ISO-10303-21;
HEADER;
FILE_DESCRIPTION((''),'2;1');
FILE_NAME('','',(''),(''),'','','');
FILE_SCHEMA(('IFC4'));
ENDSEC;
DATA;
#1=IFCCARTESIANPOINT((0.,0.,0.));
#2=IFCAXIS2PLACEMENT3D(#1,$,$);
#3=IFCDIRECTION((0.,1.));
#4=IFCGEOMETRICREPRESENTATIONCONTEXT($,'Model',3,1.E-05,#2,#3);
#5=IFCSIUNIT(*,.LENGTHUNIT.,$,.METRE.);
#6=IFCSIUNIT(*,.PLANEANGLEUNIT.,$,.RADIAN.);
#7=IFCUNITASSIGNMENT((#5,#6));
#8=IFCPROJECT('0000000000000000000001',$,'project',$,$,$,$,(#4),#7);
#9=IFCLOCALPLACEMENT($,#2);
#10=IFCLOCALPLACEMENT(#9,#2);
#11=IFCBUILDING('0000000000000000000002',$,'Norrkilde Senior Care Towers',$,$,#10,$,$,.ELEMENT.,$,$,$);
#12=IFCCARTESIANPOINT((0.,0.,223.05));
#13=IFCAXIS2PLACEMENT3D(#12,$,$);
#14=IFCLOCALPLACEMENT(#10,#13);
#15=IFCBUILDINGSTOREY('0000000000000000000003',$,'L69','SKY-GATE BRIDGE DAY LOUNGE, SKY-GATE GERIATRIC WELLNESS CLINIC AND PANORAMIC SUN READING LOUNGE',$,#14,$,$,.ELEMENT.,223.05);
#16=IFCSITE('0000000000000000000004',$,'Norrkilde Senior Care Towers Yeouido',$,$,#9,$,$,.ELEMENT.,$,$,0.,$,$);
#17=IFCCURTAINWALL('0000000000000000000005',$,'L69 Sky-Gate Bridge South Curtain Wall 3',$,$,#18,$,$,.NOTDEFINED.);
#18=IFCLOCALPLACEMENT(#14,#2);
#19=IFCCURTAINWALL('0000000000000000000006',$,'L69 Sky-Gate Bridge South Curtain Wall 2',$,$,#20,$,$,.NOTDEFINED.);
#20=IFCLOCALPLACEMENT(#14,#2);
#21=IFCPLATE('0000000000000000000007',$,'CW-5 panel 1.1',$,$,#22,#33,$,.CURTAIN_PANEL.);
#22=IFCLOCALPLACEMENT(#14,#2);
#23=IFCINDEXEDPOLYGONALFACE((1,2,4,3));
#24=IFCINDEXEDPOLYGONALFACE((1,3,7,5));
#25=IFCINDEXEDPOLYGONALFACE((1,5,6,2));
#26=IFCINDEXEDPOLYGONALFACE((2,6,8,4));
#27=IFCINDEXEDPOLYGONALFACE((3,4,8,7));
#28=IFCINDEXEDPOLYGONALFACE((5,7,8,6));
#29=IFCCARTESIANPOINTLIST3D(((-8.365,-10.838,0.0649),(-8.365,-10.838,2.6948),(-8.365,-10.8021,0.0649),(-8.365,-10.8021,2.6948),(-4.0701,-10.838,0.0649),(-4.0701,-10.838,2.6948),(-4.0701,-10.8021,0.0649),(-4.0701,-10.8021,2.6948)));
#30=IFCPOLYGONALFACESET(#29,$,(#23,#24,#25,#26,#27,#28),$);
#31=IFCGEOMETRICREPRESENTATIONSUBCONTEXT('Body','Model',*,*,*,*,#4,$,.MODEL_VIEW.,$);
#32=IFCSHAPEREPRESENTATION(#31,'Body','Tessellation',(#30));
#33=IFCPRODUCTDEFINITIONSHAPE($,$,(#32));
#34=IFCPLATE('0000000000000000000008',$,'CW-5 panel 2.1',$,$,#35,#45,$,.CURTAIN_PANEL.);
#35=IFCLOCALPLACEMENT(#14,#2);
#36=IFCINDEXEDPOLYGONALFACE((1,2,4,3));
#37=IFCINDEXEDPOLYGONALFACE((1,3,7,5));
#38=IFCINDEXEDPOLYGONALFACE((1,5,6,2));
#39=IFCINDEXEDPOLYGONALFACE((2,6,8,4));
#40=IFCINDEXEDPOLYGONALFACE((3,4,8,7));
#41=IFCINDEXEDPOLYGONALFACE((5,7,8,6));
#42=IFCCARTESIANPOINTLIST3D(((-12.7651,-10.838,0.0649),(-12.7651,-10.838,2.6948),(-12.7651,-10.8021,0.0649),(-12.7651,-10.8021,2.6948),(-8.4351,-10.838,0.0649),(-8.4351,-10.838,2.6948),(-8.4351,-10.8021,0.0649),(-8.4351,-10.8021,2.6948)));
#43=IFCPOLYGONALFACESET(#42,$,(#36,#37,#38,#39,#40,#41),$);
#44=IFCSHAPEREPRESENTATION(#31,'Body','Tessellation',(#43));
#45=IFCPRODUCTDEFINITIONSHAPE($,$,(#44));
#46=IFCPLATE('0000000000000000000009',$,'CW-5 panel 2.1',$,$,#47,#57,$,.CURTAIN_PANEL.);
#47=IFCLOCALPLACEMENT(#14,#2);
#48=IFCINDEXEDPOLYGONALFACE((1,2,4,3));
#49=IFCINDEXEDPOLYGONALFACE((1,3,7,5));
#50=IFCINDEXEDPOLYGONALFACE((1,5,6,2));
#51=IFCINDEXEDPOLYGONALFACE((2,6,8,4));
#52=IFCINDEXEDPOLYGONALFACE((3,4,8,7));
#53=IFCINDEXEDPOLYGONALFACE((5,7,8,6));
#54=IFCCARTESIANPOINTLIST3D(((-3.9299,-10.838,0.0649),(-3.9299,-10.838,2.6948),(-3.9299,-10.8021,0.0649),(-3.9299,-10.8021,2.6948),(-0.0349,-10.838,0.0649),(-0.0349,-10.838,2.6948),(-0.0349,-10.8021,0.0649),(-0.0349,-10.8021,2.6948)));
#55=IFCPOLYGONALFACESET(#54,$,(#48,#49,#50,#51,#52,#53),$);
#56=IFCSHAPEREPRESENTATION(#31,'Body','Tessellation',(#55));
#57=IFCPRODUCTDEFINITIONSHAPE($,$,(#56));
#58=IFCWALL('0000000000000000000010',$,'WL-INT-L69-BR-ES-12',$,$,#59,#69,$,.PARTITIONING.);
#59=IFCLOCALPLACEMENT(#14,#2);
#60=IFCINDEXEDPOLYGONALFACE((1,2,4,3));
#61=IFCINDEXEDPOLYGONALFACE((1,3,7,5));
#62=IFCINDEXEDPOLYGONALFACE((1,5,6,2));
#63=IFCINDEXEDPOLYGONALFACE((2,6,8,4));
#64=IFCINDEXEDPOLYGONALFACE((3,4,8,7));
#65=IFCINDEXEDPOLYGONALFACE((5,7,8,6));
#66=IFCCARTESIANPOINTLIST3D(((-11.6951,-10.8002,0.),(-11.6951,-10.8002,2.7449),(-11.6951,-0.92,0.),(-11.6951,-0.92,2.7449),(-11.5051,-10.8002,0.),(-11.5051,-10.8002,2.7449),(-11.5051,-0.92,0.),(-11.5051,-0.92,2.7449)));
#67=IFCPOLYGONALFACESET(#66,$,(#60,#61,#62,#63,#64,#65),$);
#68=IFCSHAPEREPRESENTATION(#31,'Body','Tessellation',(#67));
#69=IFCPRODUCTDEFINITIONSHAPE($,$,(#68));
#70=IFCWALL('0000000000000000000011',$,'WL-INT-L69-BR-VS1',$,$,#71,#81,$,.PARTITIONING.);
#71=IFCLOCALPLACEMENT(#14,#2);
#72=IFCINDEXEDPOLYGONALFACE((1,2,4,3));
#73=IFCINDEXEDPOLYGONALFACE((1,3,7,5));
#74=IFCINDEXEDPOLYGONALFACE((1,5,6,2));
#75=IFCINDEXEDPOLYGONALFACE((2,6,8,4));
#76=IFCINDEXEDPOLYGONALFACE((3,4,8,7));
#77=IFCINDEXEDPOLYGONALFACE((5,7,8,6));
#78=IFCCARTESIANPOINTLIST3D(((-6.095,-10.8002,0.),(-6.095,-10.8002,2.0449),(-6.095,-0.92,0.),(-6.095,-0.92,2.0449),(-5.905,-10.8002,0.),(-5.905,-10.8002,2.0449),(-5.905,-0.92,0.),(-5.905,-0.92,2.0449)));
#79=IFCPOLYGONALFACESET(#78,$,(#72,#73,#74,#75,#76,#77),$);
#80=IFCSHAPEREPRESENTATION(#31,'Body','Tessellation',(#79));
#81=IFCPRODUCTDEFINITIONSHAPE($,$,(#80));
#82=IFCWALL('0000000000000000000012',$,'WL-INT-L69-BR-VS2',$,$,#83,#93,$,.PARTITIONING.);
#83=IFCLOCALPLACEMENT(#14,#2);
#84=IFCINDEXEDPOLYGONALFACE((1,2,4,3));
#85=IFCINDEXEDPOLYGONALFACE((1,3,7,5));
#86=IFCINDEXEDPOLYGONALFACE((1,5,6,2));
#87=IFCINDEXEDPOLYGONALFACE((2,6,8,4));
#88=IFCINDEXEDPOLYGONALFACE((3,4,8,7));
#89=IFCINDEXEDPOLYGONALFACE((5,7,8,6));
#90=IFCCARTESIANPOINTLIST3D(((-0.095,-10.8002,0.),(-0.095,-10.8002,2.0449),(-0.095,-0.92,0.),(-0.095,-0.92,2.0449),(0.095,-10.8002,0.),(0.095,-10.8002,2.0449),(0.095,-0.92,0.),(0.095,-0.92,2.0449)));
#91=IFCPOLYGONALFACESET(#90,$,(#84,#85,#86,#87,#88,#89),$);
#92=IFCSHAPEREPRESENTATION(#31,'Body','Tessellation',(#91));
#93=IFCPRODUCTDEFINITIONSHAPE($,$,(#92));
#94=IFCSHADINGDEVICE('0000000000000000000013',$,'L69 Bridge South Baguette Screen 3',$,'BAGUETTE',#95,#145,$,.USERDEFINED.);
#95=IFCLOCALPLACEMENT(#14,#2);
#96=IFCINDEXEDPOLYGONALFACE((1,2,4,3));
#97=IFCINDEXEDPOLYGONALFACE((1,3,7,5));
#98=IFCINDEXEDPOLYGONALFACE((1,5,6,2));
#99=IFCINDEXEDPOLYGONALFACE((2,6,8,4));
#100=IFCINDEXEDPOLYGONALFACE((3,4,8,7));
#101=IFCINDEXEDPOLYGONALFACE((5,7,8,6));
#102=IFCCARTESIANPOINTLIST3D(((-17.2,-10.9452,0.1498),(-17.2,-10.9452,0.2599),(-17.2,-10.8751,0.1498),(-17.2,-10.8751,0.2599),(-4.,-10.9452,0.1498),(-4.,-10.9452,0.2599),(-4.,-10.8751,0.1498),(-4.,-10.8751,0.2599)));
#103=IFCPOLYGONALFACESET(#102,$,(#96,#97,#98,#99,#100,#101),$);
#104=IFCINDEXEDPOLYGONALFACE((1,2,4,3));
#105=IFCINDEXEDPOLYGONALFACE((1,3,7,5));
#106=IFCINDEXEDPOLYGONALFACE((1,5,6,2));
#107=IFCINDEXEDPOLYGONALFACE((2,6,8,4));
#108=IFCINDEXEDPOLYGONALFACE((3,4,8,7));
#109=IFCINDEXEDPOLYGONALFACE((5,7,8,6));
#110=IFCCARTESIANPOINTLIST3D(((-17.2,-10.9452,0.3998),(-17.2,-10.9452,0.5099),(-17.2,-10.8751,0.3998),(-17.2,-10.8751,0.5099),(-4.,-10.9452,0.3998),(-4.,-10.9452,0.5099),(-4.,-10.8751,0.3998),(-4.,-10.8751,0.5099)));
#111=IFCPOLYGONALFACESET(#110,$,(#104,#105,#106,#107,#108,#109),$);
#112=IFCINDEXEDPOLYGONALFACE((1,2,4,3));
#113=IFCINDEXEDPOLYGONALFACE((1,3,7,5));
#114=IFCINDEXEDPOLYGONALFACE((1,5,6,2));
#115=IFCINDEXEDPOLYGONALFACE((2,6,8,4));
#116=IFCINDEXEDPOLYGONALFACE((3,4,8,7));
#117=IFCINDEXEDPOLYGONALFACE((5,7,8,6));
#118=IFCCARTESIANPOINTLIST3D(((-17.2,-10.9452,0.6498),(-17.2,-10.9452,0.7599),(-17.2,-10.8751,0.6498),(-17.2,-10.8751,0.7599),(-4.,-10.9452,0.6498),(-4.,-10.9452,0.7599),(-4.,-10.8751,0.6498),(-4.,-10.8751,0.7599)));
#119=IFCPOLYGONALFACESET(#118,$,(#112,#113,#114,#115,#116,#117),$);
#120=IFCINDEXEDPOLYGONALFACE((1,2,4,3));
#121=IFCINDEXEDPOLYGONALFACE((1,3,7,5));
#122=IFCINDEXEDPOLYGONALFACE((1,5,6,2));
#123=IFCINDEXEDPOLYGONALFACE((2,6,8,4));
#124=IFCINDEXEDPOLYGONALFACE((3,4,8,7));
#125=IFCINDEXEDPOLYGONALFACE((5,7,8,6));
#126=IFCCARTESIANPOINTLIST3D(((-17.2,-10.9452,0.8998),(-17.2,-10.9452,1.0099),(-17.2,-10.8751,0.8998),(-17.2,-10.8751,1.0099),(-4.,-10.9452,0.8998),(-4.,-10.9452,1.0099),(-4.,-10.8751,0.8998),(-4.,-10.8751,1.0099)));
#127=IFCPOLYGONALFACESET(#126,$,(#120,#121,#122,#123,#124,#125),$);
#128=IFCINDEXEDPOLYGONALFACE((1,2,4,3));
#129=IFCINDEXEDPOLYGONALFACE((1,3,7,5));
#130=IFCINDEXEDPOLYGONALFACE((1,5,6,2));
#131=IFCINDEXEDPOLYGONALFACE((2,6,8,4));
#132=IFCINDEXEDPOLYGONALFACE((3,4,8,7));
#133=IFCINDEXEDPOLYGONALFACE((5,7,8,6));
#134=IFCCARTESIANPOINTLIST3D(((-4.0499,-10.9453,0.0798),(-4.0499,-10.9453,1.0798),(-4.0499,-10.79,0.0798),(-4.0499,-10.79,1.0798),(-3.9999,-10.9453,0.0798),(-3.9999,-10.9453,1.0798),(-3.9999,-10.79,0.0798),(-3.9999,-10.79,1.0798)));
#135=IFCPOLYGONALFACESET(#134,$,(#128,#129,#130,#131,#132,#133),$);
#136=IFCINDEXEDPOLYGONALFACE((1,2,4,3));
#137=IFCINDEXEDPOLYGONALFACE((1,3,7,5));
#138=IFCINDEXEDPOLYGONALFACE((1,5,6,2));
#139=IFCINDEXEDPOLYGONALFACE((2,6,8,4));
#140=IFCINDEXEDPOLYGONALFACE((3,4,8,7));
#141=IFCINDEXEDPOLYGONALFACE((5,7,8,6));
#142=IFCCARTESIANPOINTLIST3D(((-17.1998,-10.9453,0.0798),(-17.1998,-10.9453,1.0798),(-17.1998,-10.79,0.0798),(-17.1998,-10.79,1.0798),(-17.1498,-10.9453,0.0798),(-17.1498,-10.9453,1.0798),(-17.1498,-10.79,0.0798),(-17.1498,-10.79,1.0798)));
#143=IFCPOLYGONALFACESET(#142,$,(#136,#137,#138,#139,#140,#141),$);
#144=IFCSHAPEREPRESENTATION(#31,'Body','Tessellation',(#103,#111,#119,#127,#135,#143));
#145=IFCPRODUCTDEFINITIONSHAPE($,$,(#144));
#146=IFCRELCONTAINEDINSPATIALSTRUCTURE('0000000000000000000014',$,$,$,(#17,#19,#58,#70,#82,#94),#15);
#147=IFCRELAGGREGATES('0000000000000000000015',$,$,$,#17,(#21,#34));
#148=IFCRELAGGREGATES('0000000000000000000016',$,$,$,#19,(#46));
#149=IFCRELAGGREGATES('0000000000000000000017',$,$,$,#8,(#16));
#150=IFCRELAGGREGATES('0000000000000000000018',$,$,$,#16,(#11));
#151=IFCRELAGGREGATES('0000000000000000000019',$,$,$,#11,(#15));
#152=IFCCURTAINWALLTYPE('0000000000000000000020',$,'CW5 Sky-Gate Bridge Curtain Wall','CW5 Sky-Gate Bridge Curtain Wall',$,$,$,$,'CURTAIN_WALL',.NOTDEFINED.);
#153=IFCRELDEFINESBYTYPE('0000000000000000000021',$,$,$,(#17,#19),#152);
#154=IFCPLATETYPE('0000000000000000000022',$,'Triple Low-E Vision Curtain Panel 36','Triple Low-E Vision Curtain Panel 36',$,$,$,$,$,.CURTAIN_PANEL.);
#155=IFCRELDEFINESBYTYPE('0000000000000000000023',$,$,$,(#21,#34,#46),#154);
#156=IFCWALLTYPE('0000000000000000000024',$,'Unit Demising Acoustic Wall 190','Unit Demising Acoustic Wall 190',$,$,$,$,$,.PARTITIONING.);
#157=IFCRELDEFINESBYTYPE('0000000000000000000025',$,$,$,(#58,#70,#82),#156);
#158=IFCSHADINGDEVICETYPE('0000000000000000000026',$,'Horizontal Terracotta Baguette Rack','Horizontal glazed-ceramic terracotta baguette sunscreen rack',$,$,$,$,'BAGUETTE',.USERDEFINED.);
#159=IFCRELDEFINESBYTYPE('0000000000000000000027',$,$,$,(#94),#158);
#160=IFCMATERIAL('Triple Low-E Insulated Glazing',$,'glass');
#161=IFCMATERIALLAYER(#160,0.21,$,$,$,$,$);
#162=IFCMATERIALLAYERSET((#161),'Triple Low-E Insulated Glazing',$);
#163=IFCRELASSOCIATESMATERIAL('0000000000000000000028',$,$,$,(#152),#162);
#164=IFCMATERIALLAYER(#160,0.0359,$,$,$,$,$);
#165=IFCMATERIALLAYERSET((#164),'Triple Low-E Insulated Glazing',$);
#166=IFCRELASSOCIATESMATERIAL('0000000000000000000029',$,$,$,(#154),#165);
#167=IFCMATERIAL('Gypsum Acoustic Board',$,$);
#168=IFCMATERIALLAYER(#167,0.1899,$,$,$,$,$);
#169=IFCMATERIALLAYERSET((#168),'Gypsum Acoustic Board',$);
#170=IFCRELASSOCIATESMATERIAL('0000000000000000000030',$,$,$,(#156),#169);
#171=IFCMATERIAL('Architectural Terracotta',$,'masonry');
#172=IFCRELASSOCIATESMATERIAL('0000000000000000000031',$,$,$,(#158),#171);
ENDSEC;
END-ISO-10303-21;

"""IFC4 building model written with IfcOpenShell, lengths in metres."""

from ifc_helpers import new_model, si_unit, direction, frame, frame_2d, origin, origin_2d, place, context, subcontext, project, spatial, rectangle, extrude, source, transform, mapped, material, layer, layer_set, type_object, type_shapes, element, aggregate, save


model = new_model("IFC4")

# Units and contexts
model_context = context("Model", 3, precision=1e-05, world=origin(), true_north=direction((0.0, 1.0)))
body_context = subcontext(model_context, "Body", "Model", "MODEL_VIEW")
ifc_project = project(units=[si_unit("LENGTHUNIT", "METRE"), si_unit("PLANEANGLEUNIT", "RADIAN")], contexts=[model_context])

# Site, building, storey
site_placement = place(None, origin())
site = spatial("IfcSite", under=ifc_project, at=site_placement, Name="Norrkilde Senior Care Towers Yeouido", CompositionType="ELEMENT", RefElevation=0.0)
building_placement = place(site_placement, origin())
building = spatial("IfcBuilding", under=site, at=building_placement, Name="Norrkilde Senior Care Towers", CompositionType="ELEMENT")
storey_placement = place(building_placement, frame((0.0, 0.0, 223.05)))
storey = spatial("IfcBuildingStorey", under=building, at=storey_placement, Name="L69", Description="SKY-GATE BRIDGE DAY LOUNGE, SKY-GATE GERIATRIC WELLNESS CLINIC AND PANORAMIC SUN READING LOUNGE", CompositionType="ELEMENT", Elevation=223.05)

# Curtain walls
ifc_material_1 = material(Name="Triple Low-E Insulated Glazing", Category="glass")
ifc_layer_1 = layer(ifc_material_1, 0.21)
ifc_layer_set_1 = layer_set([ifc_layer_1], Name="Triple Low-E Insulated Glazing")
curtain_wall_type = type_object("IfcCurtainWallType", Name="CW5 Sky-Gate Bridge Curtain Wall", Description="CW5 Sky-Gate Bridge Curtain Wall", ElementType="CURTAIN_WALL", PredefinedType="NOTDEFINED", material=ifc_layer_set_1)
curtain_wall_1_placement = place(storey_placement, origin())
curtain_wall_1 = element("IfcCurtainWall", 1, at=curtain_wall_1_placement, inside=storey, type_object=curtain_wall_type, Name="L69 Sky-Gate Bridge South Curtain Wall 3", PredefinedType="NOTDEFINED")
curtain_wall_2_placement = place(storey_placement, origin())
curtain_wall_2 = element("IfcCurtainWall", 2, at=curtain_wall_2_placement, inside=storey, type_object=curtain_wall_type, Name="L69 Sky-Gate Bridge South Curtain Wall 2", PredefinedType="NOTDEFINED")

# Plates
ifc_layer_2 = layer(ifc_material_1, 0.0359)
ifc_layer_set_2 = layer_set([ifc_layer_2], Name="Triple Low-E Insulated Glazing")
plate_type = type_object("IfcPlateType", Name="Triple Low-E Vision Curtain Panel 36", Description="Triple Low-E Vision Curtain Panel 36", PredefinedType="CURTAIN_PANEL", material=ifc_layer_set_2)
shared_shape_1 = source(origin(), body_context, "Body", "SweptSolid", [
    extrude(rectangle(XDim=4.2949, YDim=0.0359, at=origin_2d()), origin(), (0.0, 0.0, 1.0), 2.6299),
])
plate_1_placement = place(storey_placement, frame((-6.2175, -10.8201, 0.0649), z_axis=(0.0, 0.0, 1.0), x_axis=(-1.0, 0.0, 0.0)))
plate_1 = element("IfcPlate", 3, at=plate_1_placement, type_object=plate_type, Name="CW-5 panel 1.1", PredefinedType="CURTAIN_PANEL", context=body_context, shape_type="MappedRepresentation", body=[
    mapped(shared_shape_1, transform((0.0, 0.0, 0.0), x_axis=(1.0, 0.0, 0.0), y_axis=(0.0, 1.0, 0.0), z_axis=(0.0, 0.0, 1.0), scale=1.0)),
])
shared_shape_2 = source(origin(), body_context, "Body", "SweptSolid", [
    extrude(rectangle(XDim=4.3301, YDim=0.0359, at=origin_2d()), origin(), (0.0, 0.0, 1.0), 2.6299),
])
plate_2_placement = place(storey_placement, frame((-10.6001, -10.8201, 0.0649), z_axis=(0.0, 0.0, 1.0), x_axis=(-1.0, 0.0, 0.0)))
plate_2 = element("IfcPlate", 4, at=plate_2_placement, type_object=plate_type, Name="CW-5 panel 2.1", PredefinedType="CURTAIN_PANEL", context=body_context, shape_type="MappedRepresentation", body=[
    mapped(shared_shape_2, transform((0.0, 0.0, 0.0), x_axis=(1.0, 0.0, 0.0), y_axis=(0.0, 1.0, 0.0), z_axis=(0.0, 0.0, 1.0), scale=1.0)),
])
aggregate(curtain_wall_1, [plate_1, plate_2])
shared_shape_3 = source(origin(), body_context, "Body", "SweptSolid", [
    extrude(rectangle(XDim=3.895, YDim=0.0359, at=origin_2d()), origin(), (0.0, 0.0, 1.0), 2.6299),
])
type_shapes(plate_type, [shared_shape_1, shared_shape_2, shared_shape_3])
plate_3_placement = place(storey_placement, frame((-1.9824, -10.8201, 0.0649), z_axis=(0.0, 0.0, 1.0), x_axis=(-1.0, 0.0, 0.0)))
plate_3 = element("IfcPlate", 5, at=plate_3_placement, type_object=plate_type, Name="CW-5 panel 2.1", PredefinedType="CURTAIN_PANEL", context=body_context, shape_type="MappedRepresentation", body=[
    mapped(shared_shape_3, transform((0.0, 0.0, 0.0), x_axis=(1.0, 0.0, 0.0), y_axis=(0.0, 1.0, 0.0), z_axis=(0.0, 0.0, 1.0), scale=1.0)),
])
aggregate(curtain_wall_2, [plate_3])

# Shared definitions
ifc_material_2 = material(Name="Gypsum Acoustic Board")

# Walls
ifc_layer_3 = layer(ifc_material_2, 0.1899)
ifc_layer_set_3 = layer_set([ifc_layer_3], Name="Gypsum Acoustic Board")
wall_type_1 = type_object("IfcWallType", Name="Unit Demising Acoustic Wall 190", Description="Unit Demising Acoustic Wall 190", PredefinedType="PARTITIONING", material=ifc_layer_set_3)
shared_shape_4 = source(origin(), body_context, "Body", "SweptSolid", [
    extrude(rectangle(XDim=9.8801, YDim=0.1899, at=frame_2d((4.9399, 0.0))), origin(), (0.0, 0.0, 1.0), 2.7449),
])
wall_1_placement = place(storey_placement, frame((-11.6001, -10.8, 0.0), z_axis=(0.0, 0.0, 1.0), x_axis=(0.0, 1.0, 0.0)))
element("IfcWall", 6, at=wall_1_placement, inside=storey, type_object=wall_type_1, Name="WL-INT-L69-BR-ES-12", PredefinedType="PARTITIONING", context=body_context, shape_type="MappedRepresentation", body=[
    mapped(shared_shape_4, transform((0.0, 0.0, 0.0), x_axis=(1.0, 0.0, 0.0), y_axis=(0.0, 1.0, 0.0), z_axis=(0.0, 0.0, 1.0), scale=1.0)),
])
shared_shape_5 = source(origin(), body_context, "Body", "SweptSolid", [
    extrude(rectangle(XDim=9.8801, YDim=0.1899, at=frame_2d((4.9399, 0.0))), origin(), (0.0, 0.0, 1.0), 2.0449),
])
type_shapes(wall_type_1, [shared_shape_4, shared_shape_5])
for number, where, z_axis, x_axis, name in (
    (7, (-6.0, -10.8, 0.0), (0.0, 0.0, 1.0), (0.0, 1.0, 0.0), "WL-INT-L69-BR-VS1"),
    (8, (0.0, -10.8, 0.0), (0.0, 0.0, 1.0), (0.0, 1.0, 0.0), "WL-INT-L69-BR-VS2"),
):
    element("IfcWall", number, at=place(storey_placement, frame(where, z_axis=z_axis, x_axis=x_axis)), inside=storey, type_object=wall_type_1, Name=name, PredefinedType="PARTITIONING", context=body_context, shape_type="MappedRepresentation", body=[
        mapped(shared_shape_5, transform((0.0, 0.0, 0.0), x_axis=(1.0, 0.0, 0.0), y_axis=(0.0, 1.0, 0.0), z_axis=(0.0, 0.0, 1.0), scale=1.0)),
    ])

# Shading device
ifc_material_3 = material(Name="Architectural Terracotta", Category="masonry")
shading_device_type = type_object("IfcShadingDeviceType", Name="Horizontal Terracotta Baguette Rack", Description="Horizontal glazed-ceramic terracotta baguette sunscreen rack", ElementType="BAGUETTE", PredefinedType="USERDEFINED", material=ifc_material_3)
shared_shape_6 = source(origin(), body_context, "Body", "SweptSolid", [
    extrude(rectangle(XDim=0.0701, YDim=0.1101, at=origin_2d()), frame((0.0, 0.0901, 0.125), z_axis=(1.0, 0.0, 0.0), x_axis=(0.0, 1.0, 0.0)), (0.0, 0.0, 1.0), 13.2),
    extrude(rectangle(XDim=0.0701, YDim=0.1101, at=origin_2d()), frame((0.0, 0.0901, 0.375), z_axis=(1.0, 0.0, 0.0), x_axis=(0.0, 1.0, 0.0)), (0.0, 0.0, 1.0), 13.2),
    extrude(rectangle(XDim=0.0701, YDim=0.1101, at=origin_2d()), frame((0.0, 0.0901, 0.625), z_axis=(1.0, 0.0, 0.0), x_axis=(0.0, 1.0, 0.0)), (0.0, 0.0, 1.0), 13.2),
    extrude(rectangle(XDim=0.0701, YDim=0.1101, at=origin_2d()), frame((0.0, 0.0901, 0.875), z_axis=(1.0, 0.0, 0.0), x_axis=(0.0, 1.0, 0.0)), (0.0, 0.0, 1.0), 13.2),
    extrude(rectangle(XDim=0.05, YDim=0.1553, at=origin_2d()), frame((0.0249, 0.0476, 0.0)), (0.0, 0.0, 1.0), 1.0),
    extrude(rectangle(XDim=0.05, YDim=0.1553, at=origin_2d()), frame((13.1748, 0.0476, 0.0)), (0.0, 0.0, 1.0), 1.0),
])
type_shapes(shading_device_type, [shared_shape_6])
shading_device_placement = place(storey_placement, frame((-4.0, -10.8201, 0.0798), z_axis=(0.0, 0.0, 1.0), x_axis=(-1.0, 0.0, 0.0)))
element("IfcShadingDevice", 9, at=shading_device_placement, inside=storey, type_object=shading_device_type, Name="L69 Bridge South Baguette Screen 3", ObjectType="BAGUETTE", PredefinedType="USERDEFINED", context=body_context, shape_type="MappedRepresentation", body=[
    mapped(shared_shape_6, transform((0.0, 0.0, 0.0), x_axis=(1.0, 0.0, 0.0), y_axis=(0.0, 1.0, 0.0), z_axis=(0.0, 0.0, 1.0), scale=1.0)),
])

save(model, "model.ifc")
